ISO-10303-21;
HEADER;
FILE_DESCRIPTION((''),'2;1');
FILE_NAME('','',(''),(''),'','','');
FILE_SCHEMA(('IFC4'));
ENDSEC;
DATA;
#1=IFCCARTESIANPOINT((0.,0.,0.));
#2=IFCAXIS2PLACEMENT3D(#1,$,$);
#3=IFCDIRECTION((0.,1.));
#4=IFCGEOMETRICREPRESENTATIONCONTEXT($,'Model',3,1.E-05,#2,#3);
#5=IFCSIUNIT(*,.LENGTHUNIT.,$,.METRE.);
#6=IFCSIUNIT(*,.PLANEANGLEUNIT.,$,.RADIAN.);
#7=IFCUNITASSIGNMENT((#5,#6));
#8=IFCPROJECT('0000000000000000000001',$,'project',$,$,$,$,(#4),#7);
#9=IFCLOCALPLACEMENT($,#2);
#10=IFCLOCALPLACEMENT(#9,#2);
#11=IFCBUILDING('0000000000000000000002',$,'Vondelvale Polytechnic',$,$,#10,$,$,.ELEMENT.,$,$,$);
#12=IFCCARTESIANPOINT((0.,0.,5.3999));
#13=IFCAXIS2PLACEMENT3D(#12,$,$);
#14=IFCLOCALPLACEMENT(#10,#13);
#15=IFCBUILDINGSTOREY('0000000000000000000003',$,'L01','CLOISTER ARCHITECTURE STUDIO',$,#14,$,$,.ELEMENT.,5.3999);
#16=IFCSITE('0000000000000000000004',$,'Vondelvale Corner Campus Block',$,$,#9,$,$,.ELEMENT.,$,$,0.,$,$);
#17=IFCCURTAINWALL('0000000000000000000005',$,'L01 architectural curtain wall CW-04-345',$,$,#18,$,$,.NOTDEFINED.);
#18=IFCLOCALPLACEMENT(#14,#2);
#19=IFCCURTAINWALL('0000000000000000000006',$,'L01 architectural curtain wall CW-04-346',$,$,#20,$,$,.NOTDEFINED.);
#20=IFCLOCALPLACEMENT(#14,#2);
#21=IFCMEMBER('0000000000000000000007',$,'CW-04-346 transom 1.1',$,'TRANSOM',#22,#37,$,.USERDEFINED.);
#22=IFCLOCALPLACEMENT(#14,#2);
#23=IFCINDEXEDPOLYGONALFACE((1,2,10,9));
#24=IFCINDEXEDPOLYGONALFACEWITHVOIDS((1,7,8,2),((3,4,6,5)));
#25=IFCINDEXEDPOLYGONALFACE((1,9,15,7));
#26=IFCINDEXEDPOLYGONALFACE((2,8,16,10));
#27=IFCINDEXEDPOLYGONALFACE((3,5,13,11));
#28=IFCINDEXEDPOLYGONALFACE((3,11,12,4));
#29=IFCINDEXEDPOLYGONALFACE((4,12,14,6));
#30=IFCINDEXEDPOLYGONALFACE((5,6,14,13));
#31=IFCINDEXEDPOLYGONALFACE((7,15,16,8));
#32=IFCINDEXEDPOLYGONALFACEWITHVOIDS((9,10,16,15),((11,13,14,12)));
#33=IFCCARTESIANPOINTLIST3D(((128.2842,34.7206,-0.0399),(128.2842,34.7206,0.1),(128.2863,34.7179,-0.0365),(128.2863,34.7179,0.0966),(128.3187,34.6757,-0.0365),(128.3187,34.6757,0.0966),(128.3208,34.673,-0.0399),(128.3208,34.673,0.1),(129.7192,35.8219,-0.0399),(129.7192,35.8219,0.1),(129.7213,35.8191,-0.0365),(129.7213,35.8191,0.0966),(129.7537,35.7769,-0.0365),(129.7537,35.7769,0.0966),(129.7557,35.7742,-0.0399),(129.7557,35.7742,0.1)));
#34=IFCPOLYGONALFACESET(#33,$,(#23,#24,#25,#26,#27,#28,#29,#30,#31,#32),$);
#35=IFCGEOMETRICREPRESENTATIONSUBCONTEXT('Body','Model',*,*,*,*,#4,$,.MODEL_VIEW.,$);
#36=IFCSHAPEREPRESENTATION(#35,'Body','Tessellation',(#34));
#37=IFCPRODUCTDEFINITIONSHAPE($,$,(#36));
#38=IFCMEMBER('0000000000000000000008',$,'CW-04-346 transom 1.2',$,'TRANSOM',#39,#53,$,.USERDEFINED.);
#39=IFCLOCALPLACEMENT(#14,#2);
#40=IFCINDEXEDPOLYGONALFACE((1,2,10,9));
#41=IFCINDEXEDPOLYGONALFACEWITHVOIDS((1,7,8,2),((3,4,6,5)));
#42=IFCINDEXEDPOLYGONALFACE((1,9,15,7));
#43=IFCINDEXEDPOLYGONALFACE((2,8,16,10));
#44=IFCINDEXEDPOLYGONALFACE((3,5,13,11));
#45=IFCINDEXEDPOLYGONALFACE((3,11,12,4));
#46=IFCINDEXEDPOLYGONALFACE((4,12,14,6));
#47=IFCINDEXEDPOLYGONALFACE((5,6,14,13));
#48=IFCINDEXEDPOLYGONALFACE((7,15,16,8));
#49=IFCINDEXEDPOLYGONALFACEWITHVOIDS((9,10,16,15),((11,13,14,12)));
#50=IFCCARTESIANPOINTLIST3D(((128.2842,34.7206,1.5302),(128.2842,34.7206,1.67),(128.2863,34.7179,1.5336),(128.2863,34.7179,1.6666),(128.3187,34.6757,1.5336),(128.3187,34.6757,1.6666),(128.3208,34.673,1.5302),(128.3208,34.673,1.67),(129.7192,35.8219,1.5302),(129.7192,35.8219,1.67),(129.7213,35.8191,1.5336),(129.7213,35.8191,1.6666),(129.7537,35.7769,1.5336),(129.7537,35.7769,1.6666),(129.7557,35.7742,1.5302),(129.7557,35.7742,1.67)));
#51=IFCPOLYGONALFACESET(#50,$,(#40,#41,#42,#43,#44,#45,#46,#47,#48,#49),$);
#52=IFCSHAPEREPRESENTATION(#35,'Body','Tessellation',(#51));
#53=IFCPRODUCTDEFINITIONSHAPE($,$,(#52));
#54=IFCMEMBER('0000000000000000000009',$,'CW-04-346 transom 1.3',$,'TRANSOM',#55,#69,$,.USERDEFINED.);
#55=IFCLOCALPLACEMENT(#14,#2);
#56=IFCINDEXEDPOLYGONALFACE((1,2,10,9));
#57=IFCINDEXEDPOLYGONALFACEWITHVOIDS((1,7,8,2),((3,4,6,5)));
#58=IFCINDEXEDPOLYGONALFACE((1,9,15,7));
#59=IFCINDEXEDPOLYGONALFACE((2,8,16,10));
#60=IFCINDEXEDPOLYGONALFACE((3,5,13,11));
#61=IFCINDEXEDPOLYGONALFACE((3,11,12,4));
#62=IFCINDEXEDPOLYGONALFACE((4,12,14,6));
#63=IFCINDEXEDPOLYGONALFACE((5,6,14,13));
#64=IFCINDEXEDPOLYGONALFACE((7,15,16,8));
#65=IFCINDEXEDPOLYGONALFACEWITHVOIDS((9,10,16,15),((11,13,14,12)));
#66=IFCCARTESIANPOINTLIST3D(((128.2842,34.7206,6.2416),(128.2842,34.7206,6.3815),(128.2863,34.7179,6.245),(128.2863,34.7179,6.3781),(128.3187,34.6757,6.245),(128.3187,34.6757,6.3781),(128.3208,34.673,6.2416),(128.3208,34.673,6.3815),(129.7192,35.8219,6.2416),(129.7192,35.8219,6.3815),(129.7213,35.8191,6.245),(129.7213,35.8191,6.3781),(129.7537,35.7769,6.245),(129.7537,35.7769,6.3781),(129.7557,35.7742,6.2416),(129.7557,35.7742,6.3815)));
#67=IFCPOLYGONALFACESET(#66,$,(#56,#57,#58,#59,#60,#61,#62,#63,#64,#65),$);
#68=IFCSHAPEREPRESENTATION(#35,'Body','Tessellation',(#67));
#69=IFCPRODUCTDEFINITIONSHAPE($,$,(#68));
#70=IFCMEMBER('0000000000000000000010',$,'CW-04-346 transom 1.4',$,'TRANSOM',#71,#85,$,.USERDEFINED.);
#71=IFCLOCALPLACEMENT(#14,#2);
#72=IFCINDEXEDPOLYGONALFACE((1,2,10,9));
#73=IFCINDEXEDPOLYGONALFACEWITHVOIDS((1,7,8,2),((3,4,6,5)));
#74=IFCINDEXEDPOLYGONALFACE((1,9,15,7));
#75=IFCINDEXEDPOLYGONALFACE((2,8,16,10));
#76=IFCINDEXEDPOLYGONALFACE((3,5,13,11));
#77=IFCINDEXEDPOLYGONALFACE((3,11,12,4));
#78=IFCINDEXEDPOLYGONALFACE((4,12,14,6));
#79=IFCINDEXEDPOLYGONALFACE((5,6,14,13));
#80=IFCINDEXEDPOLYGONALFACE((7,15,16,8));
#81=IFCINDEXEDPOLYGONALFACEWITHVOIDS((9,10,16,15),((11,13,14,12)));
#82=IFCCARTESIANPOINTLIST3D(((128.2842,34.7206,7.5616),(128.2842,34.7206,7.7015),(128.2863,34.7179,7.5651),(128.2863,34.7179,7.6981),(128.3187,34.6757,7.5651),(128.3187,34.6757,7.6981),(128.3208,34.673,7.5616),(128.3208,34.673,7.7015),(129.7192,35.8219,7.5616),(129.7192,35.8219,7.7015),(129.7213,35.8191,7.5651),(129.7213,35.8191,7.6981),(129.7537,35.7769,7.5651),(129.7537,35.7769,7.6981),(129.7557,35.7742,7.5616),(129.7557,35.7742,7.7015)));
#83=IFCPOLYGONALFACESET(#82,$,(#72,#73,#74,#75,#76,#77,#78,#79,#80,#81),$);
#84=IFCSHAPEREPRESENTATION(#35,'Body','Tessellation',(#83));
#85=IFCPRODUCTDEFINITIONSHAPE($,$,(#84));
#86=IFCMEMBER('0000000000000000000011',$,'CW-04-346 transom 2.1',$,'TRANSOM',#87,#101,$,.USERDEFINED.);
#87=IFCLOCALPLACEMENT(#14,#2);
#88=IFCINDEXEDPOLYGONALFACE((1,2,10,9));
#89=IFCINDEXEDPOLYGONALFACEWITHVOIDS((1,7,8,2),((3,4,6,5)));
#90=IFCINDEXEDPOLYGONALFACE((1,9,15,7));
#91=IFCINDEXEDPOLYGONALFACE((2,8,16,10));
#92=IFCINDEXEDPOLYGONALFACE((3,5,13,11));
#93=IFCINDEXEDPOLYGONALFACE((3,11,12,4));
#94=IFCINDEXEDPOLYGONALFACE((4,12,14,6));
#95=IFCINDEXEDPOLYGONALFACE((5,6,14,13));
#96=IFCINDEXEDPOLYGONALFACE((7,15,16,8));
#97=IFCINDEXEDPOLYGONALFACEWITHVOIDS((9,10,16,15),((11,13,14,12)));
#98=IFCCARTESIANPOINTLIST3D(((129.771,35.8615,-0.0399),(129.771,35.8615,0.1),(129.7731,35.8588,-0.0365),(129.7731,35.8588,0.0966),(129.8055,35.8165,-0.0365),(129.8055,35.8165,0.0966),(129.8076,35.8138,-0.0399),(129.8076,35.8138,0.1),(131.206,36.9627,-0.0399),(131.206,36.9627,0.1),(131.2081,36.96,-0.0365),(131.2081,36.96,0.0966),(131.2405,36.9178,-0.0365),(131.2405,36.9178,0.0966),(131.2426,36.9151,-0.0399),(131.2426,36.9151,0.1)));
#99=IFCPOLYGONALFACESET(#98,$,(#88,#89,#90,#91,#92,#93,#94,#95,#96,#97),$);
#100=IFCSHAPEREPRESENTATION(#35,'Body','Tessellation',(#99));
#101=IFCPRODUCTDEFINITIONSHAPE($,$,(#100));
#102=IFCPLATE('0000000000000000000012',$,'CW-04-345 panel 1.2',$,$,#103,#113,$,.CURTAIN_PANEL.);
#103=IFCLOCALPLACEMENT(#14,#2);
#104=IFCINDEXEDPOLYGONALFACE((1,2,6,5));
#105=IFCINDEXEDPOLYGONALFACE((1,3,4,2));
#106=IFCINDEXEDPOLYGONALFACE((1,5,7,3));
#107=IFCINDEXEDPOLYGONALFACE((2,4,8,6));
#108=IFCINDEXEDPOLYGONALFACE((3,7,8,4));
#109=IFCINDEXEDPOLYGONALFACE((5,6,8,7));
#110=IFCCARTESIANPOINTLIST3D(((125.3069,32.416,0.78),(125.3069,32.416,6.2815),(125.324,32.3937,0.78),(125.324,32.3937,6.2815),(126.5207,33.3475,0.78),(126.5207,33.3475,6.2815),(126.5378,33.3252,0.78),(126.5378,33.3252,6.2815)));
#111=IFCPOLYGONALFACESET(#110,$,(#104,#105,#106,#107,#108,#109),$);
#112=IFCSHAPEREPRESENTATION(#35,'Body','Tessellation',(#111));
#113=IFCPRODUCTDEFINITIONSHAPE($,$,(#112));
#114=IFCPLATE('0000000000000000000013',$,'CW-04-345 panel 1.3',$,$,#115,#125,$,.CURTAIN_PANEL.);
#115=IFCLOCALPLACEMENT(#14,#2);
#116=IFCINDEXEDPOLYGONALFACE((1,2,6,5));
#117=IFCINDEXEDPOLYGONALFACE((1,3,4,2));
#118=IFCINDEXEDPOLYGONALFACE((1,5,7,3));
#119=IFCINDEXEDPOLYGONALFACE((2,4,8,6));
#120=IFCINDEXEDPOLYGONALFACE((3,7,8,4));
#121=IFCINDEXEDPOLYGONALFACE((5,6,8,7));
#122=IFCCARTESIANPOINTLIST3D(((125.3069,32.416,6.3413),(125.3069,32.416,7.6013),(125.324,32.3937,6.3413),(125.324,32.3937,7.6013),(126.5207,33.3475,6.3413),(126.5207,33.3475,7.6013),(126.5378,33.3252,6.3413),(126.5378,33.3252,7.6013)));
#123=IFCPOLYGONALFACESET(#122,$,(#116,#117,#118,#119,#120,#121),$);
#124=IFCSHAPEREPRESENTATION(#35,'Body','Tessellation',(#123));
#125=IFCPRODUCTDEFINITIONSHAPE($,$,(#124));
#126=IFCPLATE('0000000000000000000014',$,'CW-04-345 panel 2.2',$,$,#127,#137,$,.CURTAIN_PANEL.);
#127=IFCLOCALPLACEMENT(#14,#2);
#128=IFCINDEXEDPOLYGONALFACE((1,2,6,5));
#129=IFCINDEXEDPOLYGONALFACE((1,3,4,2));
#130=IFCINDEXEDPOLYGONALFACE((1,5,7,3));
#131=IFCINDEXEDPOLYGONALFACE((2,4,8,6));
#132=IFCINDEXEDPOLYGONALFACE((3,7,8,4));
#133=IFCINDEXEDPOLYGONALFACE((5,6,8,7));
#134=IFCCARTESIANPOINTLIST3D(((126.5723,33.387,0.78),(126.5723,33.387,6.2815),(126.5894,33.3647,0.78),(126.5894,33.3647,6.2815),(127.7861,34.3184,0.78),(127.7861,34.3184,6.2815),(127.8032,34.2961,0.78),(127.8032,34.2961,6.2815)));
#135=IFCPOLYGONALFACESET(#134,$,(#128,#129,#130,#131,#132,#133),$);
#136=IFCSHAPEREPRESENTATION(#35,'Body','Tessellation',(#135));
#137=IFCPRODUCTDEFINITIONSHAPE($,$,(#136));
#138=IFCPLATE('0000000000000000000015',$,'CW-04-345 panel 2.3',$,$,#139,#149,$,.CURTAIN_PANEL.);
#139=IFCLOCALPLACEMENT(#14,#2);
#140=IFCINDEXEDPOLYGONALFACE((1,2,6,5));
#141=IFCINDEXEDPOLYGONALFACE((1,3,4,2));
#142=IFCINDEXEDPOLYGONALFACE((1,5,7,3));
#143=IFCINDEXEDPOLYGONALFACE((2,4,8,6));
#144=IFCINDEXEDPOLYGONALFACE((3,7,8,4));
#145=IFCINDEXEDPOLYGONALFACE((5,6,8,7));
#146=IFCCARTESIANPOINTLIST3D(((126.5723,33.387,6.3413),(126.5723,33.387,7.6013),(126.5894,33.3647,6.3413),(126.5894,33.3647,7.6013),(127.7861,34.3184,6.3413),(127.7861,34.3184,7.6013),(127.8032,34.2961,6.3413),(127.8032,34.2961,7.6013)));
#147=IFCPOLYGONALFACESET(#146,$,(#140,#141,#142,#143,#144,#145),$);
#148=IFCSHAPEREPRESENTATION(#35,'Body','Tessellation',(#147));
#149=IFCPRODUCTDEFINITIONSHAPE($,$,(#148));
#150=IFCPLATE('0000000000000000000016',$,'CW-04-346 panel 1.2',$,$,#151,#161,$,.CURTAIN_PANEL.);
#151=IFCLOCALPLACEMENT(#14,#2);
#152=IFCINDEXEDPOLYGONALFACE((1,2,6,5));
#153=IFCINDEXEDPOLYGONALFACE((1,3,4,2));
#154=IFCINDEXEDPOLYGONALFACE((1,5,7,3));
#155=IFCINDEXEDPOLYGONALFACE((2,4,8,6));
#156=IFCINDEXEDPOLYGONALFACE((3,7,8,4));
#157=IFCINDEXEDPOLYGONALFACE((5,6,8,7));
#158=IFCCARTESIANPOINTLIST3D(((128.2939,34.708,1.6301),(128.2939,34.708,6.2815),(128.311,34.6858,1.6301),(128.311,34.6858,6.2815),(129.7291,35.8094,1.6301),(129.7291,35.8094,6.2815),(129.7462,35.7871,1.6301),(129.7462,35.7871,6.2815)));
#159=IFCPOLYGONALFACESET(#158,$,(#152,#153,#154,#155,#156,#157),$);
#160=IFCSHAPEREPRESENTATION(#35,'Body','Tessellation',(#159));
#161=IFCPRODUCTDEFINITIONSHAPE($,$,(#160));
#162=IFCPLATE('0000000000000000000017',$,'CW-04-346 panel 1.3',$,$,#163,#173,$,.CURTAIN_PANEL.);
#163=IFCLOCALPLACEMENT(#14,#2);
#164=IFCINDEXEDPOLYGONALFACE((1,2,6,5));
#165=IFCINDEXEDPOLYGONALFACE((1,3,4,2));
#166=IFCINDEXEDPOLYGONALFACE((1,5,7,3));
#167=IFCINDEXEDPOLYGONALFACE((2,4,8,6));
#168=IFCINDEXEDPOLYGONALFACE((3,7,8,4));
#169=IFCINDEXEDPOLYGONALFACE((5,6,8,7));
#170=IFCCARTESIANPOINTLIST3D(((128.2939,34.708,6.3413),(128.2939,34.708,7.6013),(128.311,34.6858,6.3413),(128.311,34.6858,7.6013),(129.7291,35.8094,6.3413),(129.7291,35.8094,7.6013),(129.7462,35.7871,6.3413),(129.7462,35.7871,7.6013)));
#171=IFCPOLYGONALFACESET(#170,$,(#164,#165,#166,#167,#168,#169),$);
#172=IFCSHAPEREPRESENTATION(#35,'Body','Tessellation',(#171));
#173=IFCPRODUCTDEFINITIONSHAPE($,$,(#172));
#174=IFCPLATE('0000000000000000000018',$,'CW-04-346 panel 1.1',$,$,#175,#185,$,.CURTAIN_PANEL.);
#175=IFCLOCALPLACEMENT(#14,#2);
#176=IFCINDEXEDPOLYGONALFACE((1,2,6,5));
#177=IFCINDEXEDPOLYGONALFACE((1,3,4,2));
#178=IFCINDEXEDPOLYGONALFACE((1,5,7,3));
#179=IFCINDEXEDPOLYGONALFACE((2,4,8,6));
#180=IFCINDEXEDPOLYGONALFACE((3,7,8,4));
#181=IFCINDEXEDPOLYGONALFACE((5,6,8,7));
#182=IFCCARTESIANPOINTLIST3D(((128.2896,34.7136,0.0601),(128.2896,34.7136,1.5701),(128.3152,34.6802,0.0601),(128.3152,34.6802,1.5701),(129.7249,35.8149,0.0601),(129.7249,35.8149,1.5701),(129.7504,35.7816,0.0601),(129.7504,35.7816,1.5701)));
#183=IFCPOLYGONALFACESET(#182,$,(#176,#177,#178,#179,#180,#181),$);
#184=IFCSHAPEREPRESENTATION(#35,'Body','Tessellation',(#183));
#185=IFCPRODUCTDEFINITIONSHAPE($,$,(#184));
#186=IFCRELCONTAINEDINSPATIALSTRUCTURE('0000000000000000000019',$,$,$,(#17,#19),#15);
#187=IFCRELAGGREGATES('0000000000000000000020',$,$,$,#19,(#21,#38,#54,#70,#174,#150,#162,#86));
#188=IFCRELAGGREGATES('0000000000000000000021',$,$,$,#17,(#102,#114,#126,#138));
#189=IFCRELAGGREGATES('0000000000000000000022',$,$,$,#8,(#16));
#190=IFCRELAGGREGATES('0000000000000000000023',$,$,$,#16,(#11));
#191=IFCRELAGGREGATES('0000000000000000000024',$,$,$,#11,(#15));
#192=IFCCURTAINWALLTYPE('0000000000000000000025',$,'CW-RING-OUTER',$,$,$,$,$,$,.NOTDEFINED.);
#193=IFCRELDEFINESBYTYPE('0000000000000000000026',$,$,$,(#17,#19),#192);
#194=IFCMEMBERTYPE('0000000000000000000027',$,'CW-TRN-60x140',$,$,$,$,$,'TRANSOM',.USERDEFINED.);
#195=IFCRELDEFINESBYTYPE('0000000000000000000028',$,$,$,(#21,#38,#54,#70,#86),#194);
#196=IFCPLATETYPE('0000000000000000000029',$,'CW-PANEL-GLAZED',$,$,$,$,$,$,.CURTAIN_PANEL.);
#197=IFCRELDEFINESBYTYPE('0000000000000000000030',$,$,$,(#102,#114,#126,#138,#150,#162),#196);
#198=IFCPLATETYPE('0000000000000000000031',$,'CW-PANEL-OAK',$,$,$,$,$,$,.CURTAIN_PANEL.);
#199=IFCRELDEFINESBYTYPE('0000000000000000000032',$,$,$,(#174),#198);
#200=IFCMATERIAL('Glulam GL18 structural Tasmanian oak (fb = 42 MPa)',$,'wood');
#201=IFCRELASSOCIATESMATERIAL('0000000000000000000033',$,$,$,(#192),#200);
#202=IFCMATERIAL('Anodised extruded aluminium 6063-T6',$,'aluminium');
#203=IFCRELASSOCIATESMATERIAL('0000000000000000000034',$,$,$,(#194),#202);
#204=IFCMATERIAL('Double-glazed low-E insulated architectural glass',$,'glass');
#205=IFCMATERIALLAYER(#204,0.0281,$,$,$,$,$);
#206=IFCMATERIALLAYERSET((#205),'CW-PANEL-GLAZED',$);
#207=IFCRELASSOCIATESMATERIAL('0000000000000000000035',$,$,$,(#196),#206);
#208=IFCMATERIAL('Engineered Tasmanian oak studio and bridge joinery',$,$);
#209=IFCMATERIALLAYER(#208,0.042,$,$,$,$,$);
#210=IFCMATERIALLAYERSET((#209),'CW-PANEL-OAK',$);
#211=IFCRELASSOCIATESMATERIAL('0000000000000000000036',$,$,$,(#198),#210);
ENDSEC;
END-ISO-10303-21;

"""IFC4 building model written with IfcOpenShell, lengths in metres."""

from ifc_helpers import new_model, si_unit, direction, frame, origin, origin_2d, place, context, subcontext, project, spatial, rectangle, hollow_rectangle, extrude, material, layer, layer_set, material_profile, profile_set, type_object, element, aggregate, save


model = new_model("IFC4")

# Units and contexts
model_context = context("Model", 3, precision=1e-05, world=origin(), true_north=direction((0.0, 1.0)))
body_context = subcontext(model_context, "Body", "Model", "MODEL_VIEW")
ifc_project = project(units=[si_unit("LENGTHUNIT", "METRE"), si_unit("PLANEANGLEUNIT", "RADIAN")], contexts=[model_context])

# Site, building, storey
site_placement = place(None, origin())
site = spatial("IfcSite", under=ifc_project, at=site_placement, Name="Vondelvale Corner Campus Block", CompositionType="ELEMENT", RefElevation=0.0)
building_placement = place(site_placement, origin())
building = spatial("IfcBuilding", under=site, at=building_placement, Name="Vondelvale Polytechnic", CompositionType="ELEMENT")
storey_placement = place(building_placement, frame((0.0, 0.0, 5.3999)))
storey = spatial("IfcBuildingStorey", under=building, at=storey_placement, Name="L01", Description="CLOISTER ARCHITECTURE STUDIO", CompositionType="ELEMENT", Elevation=5.3999)

# Shared definitions
ifc_material_1 = material(Name="Glulam GL18 structural Tasmanian oak (fb = 42 MPa)", Category="wood")

# Curtain walls
curtain_wall_type = type_object("IfcCurtainWallType", Name="CW-RING-OUTER", PredefinedType="NOTDEFINED", material=ifc_material_1)
curtain_wall_1_placement = place(storey_placement, origin())
curtain_wall_1 = element("IfcCurtainWall", 1, at=curtain_wall_1_placement, inside=storey, type_object=curtain_wall_type, Name="L01 architectural curtain wall CW-04-345", PredefinedType="NOTDEFINED")
ifc_material_2 = material(Name="Anodised extruded aluminium 6063-T6", Category="aluminium")
curtain_wall_2_placement = place(storey_placement, origin())
curtain_wall_2 = element("IfcCurtainWall", 2, at=curtain_wall_2_placement, inside=storey, type_object=curtain_wall_type, Name="L01 architectural curtain wall CW-04-346", PredefinedType="NOTDEFINED")

# Members
ifc_material_profile_1 = material_profile(ifc_material_2, hollow_rectangle(XDim=0.0601, YDim=0.1399, WallThickness=0.0034, at=origin_2d()), Name="CW-TRN-140x60")
ifc_profile_set_1 = profile_set([ifc_material_profile_1], Name="Anodised extruded aluminium 6063-T6")
member_type_1 = type_object("IfcMemberType", Name="CW-TRN-60x140", ElementType="TRANSOM", PredefinedType="USERDEFINED", material=ifc_profile_set_1)
member_1_placement = place(storey_placement, frame((128.3025, 34.6968, 0.03), z_axis=(0.793311, 0.608817, 0.0), x_axis=(-0.608817, 0.793311, 0.0)))
member_1 = element("IfcMember", 3, at=member_1_placement, type_object=member_type_1, Name="CW-04-346 transom 1.1", ObjectType="TRANSOM", PredefinedType="USERDEFINED", context=body_context, shape_type="SweptSolid", body=[
    extrude(hollow_rectangle(XDim=0.0601, YDim=0.1399, WallThickness=0.0034, at=origin_2d()), origin(), (0.0, 0.0, 1.0), 1.8088),
])
member_2_placement = place(storey_placement, frame((128.3025, 34.6968, 1.6001), z_axis=(0.793311, 0.608817, 0.0), x_axis=(-0.608817, 0.793311, 0.0)))
member_2 = element("IfcMember", 4, at=member_2_placement, type_object=member_type_1, Name="CW-04-346 transom 1.2", ObjectType="TRANSOM", PredefinedType="USERDEFINED", context=body_context, shape_type="SweptSolid", body=[
    extrude(hollow_rectangle(XDim=0.0601, YDim=0.1399, WallThickness=0.0034, at=origin_2d()), origin(), (0.0, 0.0, 1.0), 1.8088),
])
member_3_placement = place(storey_placement, frame((128.3025, 34.6968, 6.3115), z_axis=(0.793311, 0.608817, 0.0), x_axis=(-0.608817, 0.793311, 0.0)))
member_3 = element("IfcMember", 5, at=member_3_placement, type_object=member_type_1, Name="CW-04-346 transom 1.3", ObjectType="TRANSOM", PredefinedType="USERDEFINED", context=body_context, shape_type="SweptSolid", body=[
    extrude(hollow_rectangle(XDim=0.0601, YDim=0.1399, WallThickness=0.0034, at=origin_2d()), origin(), (0.0, 0.0, 1.0), 1.8088),
])
member_4_placement = place(storey_placement, frame((128.3025, 34.6968, 7.6316), z_axis=(0.793311, 0.608817, 0.0), x_axis=(-0.608817, 0.793311, 0.0)))
member_4 = element("IfcMember", 6, at=member_4_placement, type_object=member_type_1, Name="CW-04-346 transom 1.4", ObjectType="TRANSOM", PredefinedType="USERDEFINED", context=body_context, shape_type="SweptSolid", body=[
    extrude(hollow_rectangle(XDim=0.0601, YDim=0.1399, WallThickness=0.0034, at=origin_2d()), origin(), (0.0, 0.0, 1.0), 1.8088),
])
member_5_placement = place(storey_placement, frame((129.7893, 35.8376, 0.03), z_axis=(0.793311, 0.608817, 0.0), x_axis=(-0.608817, 0.793311, 0.0)))
member_5 = element("IfcMember", 7, at=member_5_placement, type_object=member_type_1, Name="CW-04-346 transom 2.1", ObjectType="TRANSOM", PredefinedType="USERDEFINED", context=body_context, shape_type="SweptSolid", body=[
    extrude(hollow_rectangle(XDim=0.0601, YDim=0.1399, WallThickness=0.0034, at=origin_2d()), origin(), (0.0, 0.0, 1.0), 1.8088),
])

# Plates
ifc_material_3 = material(Name="Double-glazed low-E insulated architectural glass", Category="glass")
ifc_layer_1 = layer(ifc_material_3, 0.0281)
ifc_layer_set_1 = layer_set([ifc_layer_1], Name="CW-PANEL-GLAZED")
plate_type_1 = type_object("IfcPlateType", Name="CW-PANEL-GLAZED", PredefinedType="CURTAIN_PANEL", material=ifc_layer_set_1)
plate_1_placement = place(storey_placement, frame((125.9224, 32.8706, 0.78), z_axis=(0.0, 0.0, 1.0), x_axis=(0.793334, 0.608787, 0.0)))
plate_1 = element("IfcPlate", 8, at=plate_1_placement, type_object=plate_type_1, Name="CW-04-345 panel 1.2", PredefinedType="CURTAIN_PANEL", context=body_context, shape_type="SweptSolid", body=[
    extrude(rectangle(XDim=1.53, YDim=0.0281, at=origin_2d()), origin(), (0.0, 0.0, 1.0), 5.5015),
])
plate_2_placement = place(storey_placement, frame((125.9224, 32.8706, 6.3413), z_axis=(0.0, 0.0, 1.0), x_axis=(0.793334, 0.608787, 0.0)))
plate_2 = element("IfcPlate", 9, at=plate_2_placement, type_object=plate_type_1, Name="CW-04-345 panel 1.3", PredefinedType="CURTAIN_PANEL", context=body_context, shape_type="SweptSolid", body=[
    extrude(rectangle(XDim=1.53, YDim=0.0281, at=origin_2d()), origin(), (0.0, 0.0, 1.0), 1.26),
])
plate_3_placement = place(storey_placement, frame((127.1877, 33.8416, 0.78), z_axis=(0.0, 0.0, 1.0), x_axis=(0.793334, 0.608787, 0.0)))
plate_3 = element("IfcPlate", 10, at=plate_3_placement, type_object=plate_type_1, Name="CW-04-345 panel 2.2", PredefinedType="CURTAIN_PANEL", context=body_context, shape_type="SweptSolid", body=[
    extrude(rectangle(XDim=1.53, YDim=0.0281, at=origin_2d()), origin(), (0.0, 0.0, 1.0), 5.5015),
])
plate_4_placement = place(storey_placement, frame((127.1877, 33.8416, 6.3413), z_axis=(0.0, 0.0, 1.0), x_axis=(0.793334, 0.608787, 0.0)))
plate_4 = element("IfcPlate", 11, at=plate_4_placement, type_object=plate_type_1, Name="CW-04-345 panel 2.3", PredefinedType="CURTAIN_PANEL", context=body_context, shape_type="SweptSolid", body=[
    extrude(rectangle(XDim=1.53, YDim=0.0281, at=origin_2d()), origin(), (0.0, 0.0, 1.0), 1.26),
])
plate_5_placement = place(storey_placement, frame((129.02, 35.2476, 1.6301), z_axis=(0.0, 0.0, 1.0), x_axis=(0.793346, 0.608771, 0.0)))
plate_5 = element("IfcPlate", 12, at=plate_5_placement, type_object=plate_type_1, Name="CW-04-346 panel 1.2", PredefinedType="CURTAIN_PANEL", context=body_context, shape_type="SweptSolid", body=[
    extrude(rectangle(XDim=1.8091, YDim=0.0281, at=origin_2d()), origin(), (0.0, 0.0, 1.0), 4.6514),
])
plate_6_placement = place(storey_placement, frame((129.02, 35.2476, 6.3413), z_axis=(0.0, 0.0, 1.0), x_axis=(0.793346, 0.608771, 0.0)))
plate_6 = element("IfcPlate", 13, at=plate_6_placement, type_object=plate_type_1, Name="CW-04-346 panel 1.3", PredefinedType="CURTAIN_PANEL", context=body_context, shape_type="SweptSolid", body=[
    extrude(rectangle(XDim=1.8091, YDim=0.0281, at=origin_2d()), origin(), (0.0, 0.0, 1.0), 1.26),
])
ifc_material_4 = material(Name="Engineered Tasmanian oak studio and bridge joinery")
ifc_layer_2 = layer(ifc_material_4, 0.042)
ifc_layer_set_2 = layer_set([ifc_layer_2], Name="CW-PANEL-OAK")
plate_type_2 = type_object("IfcPlateType", Name="CW-PANEL-OAK", PredefinedType="CURTAIN_PANEL", material=ifc_layer_set_2)
plate_7_placement = place(storey_placement, frame((129.02, 35.2476, 0.0601), z_axis=(0.0, 0.0, 1.0), x_axis=(0.793346, 0.608771, 0.0)))
plate_7 = element("IfcPlate", 14, at=plate_7_placement, type_object=plate_type_2, Name="CW-04-346 panel 1.1", PredefinedType="CURTAIN_PANEL", context=body_context, shape_type="SweptSolid", body=[
    extrude(rectangle(XDim=1.8091, YDim=0.042, at=origin_2d()), origin(), (0.0, 0.0, 1.0), 1.51),
])
aggregate(curtain_wall_2, [member_1, member_2, member_3, member_4, plate_7, plate_5, plate_6, member_5])
aggregate(curtain_wall_1, [plate_1, plate_2, plate_3, plate_4])

save(model, "model.ifc")
